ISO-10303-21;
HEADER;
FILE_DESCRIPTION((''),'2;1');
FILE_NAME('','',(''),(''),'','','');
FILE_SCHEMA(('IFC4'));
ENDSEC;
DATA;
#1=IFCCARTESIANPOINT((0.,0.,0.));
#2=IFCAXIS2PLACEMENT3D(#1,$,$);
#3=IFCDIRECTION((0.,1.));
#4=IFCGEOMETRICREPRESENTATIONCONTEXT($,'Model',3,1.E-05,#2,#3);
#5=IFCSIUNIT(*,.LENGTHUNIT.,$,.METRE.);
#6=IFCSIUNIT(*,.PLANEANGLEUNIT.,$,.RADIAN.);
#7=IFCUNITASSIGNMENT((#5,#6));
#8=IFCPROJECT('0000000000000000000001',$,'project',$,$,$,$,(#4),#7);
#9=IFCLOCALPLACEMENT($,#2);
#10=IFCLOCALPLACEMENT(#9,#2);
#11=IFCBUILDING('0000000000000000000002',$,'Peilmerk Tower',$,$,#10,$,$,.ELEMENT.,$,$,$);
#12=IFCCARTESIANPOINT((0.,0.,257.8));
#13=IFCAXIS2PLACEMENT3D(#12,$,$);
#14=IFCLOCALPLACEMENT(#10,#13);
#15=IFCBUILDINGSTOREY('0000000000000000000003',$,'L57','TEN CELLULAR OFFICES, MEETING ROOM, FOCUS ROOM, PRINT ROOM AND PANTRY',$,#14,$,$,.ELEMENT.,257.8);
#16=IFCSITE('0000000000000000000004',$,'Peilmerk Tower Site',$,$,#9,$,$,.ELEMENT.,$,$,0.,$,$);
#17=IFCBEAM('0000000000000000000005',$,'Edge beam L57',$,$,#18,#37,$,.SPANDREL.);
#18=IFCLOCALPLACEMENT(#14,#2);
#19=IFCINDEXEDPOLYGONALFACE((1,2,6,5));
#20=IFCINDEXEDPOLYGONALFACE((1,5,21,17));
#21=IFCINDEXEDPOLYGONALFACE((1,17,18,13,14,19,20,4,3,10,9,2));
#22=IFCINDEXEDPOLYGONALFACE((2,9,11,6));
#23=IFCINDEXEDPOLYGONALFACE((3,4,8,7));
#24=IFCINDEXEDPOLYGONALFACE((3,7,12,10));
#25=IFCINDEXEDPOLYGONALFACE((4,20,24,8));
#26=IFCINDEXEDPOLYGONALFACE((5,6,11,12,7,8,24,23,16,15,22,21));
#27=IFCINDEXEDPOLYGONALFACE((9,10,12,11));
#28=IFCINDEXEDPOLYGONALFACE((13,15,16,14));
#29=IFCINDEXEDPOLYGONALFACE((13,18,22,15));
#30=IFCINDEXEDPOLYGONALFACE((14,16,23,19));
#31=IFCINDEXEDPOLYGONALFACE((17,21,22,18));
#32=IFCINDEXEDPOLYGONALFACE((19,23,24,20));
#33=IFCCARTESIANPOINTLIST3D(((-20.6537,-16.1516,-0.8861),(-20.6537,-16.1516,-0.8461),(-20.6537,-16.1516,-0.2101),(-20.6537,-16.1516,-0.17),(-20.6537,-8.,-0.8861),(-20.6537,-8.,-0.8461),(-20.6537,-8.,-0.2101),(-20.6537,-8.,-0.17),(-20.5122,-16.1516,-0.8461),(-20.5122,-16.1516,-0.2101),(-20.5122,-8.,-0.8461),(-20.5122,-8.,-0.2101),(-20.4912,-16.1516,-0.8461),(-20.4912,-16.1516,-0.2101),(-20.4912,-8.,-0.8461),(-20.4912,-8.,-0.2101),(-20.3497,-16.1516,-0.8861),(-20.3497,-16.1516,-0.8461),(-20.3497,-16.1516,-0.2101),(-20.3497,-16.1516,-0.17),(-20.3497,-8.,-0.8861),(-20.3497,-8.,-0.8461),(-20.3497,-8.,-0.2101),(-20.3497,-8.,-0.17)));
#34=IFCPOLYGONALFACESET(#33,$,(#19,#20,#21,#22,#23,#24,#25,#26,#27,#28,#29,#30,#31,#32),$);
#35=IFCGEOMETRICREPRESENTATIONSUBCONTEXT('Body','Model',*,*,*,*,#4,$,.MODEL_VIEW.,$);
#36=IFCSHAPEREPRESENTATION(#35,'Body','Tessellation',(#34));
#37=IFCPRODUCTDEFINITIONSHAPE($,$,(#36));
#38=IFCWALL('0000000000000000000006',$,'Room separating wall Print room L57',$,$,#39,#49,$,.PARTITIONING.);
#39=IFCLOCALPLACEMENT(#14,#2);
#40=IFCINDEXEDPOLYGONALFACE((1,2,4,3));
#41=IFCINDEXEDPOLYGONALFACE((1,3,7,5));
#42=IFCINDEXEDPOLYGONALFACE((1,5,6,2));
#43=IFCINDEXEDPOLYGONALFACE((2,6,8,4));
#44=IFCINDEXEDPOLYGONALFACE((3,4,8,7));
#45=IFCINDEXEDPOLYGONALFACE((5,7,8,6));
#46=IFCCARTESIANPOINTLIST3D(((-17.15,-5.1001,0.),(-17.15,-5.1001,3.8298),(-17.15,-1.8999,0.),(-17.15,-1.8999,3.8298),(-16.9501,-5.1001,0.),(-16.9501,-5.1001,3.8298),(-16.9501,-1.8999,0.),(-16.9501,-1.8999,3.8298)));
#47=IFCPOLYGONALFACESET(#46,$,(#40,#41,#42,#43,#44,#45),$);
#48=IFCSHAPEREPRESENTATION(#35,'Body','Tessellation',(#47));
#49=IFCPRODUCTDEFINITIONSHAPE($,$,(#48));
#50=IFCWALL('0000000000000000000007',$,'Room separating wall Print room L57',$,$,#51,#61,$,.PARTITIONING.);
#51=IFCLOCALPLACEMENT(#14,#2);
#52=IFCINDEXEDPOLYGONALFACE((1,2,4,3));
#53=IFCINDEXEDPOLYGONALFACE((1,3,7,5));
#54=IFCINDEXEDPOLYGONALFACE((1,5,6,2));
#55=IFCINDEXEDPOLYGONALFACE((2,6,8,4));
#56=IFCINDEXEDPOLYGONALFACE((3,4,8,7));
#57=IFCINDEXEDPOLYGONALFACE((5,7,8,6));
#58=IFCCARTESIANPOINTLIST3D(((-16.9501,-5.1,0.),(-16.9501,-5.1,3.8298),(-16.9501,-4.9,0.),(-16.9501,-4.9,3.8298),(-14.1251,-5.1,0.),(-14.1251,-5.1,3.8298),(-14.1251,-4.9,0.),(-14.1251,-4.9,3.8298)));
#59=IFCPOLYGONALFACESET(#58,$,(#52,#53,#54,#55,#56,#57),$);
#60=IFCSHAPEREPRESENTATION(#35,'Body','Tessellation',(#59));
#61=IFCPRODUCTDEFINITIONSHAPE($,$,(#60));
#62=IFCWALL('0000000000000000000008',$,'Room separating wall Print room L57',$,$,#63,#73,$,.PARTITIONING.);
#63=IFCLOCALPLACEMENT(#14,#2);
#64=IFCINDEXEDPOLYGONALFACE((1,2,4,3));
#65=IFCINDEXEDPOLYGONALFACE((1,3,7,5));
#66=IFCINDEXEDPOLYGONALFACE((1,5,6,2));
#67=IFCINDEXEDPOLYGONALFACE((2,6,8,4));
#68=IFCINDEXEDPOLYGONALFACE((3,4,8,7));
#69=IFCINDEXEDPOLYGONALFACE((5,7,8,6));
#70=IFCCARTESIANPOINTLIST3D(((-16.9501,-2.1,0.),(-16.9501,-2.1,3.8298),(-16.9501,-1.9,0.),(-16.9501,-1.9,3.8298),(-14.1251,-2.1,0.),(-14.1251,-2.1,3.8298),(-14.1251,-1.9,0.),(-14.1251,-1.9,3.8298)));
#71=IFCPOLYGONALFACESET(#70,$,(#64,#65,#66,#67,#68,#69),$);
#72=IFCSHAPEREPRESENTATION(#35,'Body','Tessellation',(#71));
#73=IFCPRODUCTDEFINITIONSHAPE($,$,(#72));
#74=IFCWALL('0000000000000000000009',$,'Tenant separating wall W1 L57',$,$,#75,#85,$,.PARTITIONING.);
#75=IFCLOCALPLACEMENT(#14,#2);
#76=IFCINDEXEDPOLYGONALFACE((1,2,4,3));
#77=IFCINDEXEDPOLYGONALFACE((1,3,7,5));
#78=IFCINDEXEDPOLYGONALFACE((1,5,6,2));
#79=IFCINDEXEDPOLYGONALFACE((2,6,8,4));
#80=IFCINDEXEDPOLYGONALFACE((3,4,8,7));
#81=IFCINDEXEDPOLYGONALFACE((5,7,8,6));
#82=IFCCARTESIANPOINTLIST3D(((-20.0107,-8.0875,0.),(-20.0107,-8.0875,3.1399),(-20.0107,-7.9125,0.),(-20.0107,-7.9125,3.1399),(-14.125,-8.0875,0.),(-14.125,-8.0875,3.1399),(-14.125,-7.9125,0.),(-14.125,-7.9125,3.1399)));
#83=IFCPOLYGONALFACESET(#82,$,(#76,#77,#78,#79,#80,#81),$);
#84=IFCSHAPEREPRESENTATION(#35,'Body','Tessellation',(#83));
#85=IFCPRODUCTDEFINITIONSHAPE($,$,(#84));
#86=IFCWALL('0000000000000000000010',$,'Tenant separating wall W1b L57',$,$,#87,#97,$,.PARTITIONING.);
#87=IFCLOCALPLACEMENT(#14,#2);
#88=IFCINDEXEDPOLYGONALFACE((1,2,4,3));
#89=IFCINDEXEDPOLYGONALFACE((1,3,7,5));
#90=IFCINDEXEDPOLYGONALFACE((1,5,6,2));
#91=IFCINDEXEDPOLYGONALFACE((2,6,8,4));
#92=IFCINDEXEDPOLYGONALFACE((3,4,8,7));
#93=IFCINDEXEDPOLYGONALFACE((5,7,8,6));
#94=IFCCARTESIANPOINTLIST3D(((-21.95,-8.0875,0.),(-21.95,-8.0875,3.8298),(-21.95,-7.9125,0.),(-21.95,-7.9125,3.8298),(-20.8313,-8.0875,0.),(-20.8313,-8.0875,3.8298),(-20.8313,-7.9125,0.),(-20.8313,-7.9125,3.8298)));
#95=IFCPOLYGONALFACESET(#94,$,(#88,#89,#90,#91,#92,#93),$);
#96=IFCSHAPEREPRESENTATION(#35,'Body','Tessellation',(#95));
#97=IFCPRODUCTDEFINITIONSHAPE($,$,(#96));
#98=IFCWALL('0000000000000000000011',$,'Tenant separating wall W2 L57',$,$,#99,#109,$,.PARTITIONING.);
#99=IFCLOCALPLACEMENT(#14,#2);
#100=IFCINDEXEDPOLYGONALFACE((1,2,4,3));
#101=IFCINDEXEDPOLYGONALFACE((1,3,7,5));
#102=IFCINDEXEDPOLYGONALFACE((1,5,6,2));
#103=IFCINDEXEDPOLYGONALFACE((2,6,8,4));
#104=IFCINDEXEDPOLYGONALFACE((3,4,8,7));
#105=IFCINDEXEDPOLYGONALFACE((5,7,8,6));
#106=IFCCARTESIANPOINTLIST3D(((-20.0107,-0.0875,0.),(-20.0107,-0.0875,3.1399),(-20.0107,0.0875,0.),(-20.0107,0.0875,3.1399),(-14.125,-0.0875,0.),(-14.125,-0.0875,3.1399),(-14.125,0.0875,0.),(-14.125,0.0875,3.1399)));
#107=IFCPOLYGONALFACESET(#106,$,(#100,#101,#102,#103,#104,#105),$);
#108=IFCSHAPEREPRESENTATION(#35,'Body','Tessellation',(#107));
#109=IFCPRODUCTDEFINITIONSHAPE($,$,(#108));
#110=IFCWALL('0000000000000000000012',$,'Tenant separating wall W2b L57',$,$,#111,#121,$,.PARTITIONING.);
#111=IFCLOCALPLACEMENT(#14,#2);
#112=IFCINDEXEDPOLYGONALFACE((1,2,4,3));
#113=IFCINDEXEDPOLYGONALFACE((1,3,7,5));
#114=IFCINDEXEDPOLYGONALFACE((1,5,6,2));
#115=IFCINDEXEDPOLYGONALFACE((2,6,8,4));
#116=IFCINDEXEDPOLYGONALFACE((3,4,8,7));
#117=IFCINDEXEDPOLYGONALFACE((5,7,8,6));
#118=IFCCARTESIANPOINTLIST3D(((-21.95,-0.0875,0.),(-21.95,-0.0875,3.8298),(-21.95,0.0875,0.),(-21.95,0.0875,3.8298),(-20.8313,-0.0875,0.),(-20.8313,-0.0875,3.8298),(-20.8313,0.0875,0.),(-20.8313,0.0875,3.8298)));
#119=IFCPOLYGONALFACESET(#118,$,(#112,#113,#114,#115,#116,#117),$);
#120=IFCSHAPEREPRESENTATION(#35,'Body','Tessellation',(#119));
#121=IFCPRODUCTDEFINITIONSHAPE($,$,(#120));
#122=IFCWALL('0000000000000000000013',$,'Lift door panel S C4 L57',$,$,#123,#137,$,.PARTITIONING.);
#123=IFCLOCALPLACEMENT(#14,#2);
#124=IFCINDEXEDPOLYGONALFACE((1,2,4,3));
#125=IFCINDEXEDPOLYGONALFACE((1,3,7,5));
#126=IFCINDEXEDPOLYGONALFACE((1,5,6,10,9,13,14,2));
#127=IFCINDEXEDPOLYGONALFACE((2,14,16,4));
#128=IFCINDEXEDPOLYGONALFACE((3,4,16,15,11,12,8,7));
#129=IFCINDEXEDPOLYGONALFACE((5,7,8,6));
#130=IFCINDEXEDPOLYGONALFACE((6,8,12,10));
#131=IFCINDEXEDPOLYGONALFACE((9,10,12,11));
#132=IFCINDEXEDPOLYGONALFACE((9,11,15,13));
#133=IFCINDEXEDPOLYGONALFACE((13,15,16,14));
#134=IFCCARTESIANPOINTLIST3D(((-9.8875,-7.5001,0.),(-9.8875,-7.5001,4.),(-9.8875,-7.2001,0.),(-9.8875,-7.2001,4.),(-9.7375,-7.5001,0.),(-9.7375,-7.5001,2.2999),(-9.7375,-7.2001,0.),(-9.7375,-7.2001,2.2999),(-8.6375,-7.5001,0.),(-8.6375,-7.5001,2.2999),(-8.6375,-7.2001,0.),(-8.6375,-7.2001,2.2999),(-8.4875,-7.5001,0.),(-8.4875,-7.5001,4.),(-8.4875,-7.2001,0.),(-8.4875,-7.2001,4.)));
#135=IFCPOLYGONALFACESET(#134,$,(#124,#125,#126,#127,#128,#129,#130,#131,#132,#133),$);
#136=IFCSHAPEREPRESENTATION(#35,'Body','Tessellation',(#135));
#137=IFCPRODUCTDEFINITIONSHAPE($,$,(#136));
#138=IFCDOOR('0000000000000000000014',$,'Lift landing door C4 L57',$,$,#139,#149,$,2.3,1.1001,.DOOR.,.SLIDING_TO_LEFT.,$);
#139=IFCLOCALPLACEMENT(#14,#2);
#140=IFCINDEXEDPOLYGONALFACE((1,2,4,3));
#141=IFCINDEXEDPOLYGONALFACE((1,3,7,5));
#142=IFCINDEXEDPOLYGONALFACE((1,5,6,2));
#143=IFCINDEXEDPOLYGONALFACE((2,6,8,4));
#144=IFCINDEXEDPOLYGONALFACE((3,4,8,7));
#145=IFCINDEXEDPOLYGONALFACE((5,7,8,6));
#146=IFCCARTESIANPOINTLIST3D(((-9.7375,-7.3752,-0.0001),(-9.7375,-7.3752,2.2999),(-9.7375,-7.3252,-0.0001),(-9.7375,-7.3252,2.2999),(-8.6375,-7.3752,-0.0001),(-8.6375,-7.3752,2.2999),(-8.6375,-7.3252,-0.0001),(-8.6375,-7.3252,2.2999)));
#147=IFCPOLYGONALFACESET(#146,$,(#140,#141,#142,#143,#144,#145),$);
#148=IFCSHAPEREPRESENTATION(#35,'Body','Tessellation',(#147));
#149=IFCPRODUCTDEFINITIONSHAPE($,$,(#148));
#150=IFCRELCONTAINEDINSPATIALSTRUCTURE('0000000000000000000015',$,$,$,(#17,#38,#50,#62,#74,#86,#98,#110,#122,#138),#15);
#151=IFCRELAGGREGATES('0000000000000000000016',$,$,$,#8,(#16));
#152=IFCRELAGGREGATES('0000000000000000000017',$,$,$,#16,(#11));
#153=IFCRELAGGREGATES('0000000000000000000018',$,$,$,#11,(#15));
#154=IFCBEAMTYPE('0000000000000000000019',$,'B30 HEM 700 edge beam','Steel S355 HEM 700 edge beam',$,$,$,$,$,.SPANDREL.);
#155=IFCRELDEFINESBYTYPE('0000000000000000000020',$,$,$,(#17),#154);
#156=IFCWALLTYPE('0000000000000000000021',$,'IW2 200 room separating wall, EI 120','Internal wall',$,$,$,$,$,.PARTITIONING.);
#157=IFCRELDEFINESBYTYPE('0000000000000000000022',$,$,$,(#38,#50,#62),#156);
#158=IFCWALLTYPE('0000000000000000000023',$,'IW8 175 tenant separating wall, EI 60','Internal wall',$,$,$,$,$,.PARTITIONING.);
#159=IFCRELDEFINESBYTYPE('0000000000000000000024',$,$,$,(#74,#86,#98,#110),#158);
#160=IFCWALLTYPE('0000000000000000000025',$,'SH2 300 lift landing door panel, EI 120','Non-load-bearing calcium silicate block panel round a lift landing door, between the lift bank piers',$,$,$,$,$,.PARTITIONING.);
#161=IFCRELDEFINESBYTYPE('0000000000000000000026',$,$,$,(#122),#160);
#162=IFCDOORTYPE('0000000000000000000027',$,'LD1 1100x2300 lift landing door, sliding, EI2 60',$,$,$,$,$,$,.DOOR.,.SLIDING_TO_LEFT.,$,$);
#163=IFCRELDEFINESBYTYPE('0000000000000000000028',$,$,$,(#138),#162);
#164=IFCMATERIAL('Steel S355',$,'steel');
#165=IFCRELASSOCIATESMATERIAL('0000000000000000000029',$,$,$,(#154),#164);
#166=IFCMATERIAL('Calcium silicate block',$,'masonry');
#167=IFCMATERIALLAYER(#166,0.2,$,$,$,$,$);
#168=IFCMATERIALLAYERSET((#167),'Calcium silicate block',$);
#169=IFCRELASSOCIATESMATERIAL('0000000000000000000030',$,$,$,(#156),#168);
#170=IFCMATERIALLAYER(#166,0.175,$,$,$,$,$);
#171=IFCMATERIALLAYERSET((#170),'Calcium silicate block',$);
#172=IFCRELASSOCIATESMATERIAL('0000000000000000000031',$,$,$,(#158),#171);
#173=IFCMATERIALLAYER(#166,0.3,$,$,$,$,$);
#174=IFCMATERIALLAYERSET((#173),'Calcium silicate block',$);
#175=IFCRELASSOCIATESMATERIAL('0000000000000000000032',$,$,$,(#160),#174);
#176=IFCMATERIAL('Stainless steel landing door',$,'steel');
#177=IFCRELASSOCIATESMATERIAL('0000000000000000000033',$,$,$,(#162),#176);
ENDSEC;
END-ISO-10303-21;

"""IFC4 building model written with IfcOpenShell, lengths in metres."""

from ifc_helpers import new_model, si_unit, direction, frame, frame_2d, origin, origin_2d, place, context, subcontext, project, spatial, rectangle, i_section, extrude, material, layer, layer_set, material_profile, profile_set, type_object, element, fill, save


model = new_model("IFC4")

# Units and contexts
model_context = context("Model", 3, precision=1e-05, world=origin(), true_north=direction((0.0, 1.0)))
body_context = subcontext(model_context, "Body", "Model", "MODEL_VIEW")
ifc_project = project(units=[si_unit("LENGTHUNIT", "METRE"), si_unit("PLANEANGLEUNIT", "RADIAN")], contexts=[model_context])

# Site, building, storey
site_placement = place(None, origin())
site = spatial("IfcSite", under=ifc_project, at=site_placement, Name="Peilmerk Tower Site", CompositionType="ELEMENT", RefElevation=0.0)
building_placement = place(site_placement, origin())
building = spatial("IfcBuilding", under=site, at=building_placement, Name="Peilmerk Tower", CompositionType="ELEMENT")
storey_placement = place(building_placement, frame((0.0, 0.0, 257.8)))
storey = spatial("IfcBuildingStorey", under=building, at=storey_placement, Name="L57", Description="TEN CELLULAR OFFICES, MEETING ROOM, FOCUS ROOM, PRINT ROOM AND PANTRY", CompositionType="ELEMENT", Elevation=257.8)

# Beam
ifc_material_1 = material(Name="Steel S355", Category="steel")
ifc_material_profile_1 = material_profile(ifc_material_1, i_section(OverallWidth=0.304, OverallDepth=0.7161, WebThickness=0.021, FlangeThickness=0.04, at=origin_2d()), Name="HEM 700")
ifc_profile_set_1 = profile_set([ifc_material_profile_1], Name="Steel S355")
beam_type_1 = type_object("IfcBeamType", Name="B30 HEM 700 edge beam", Description="Steel S355 HEM 700 edge beam", PredefinedType="SPANDREL", material=ifc_profile_set_1)
beam_1_placement = place(storey_placement, frame((-20.5017, -8.0, -0.5281), z_axis=(0.0, -1.0, 0.0), x_axis=(1.0, 0.0, 0.0)))
element("IfcBeam", 1, at=beam_1_placement, inside=storey, type_object=beam_type_1, Name="Edge beam L57", PredefinedType="SPANDREL", context=body_context, shape_type="SweptSolid", body=[
    extrude(i_section(OverallWidth=0.304, OverallDepth=0.7161, WebThickness=0.021, FlangeThickness=0.04, at=origin_2d()), origin(), (0.0, 0.0, 1.0), 8.1516),
])

# Walls
ifc_material_2 = material(Name="Calcium silicate block", Category="masonry")
ifc_layer_1 = layer(ifc_material_2, 0.2)
ifc_layer_set_1 = layer_set([ifc_layer_1], Name="Calcium silicate block")
wall_type_1 = type_object("IfcWallType", Name="IW2 200 room separating wall, EI 120", Description="Internal wall", PredefinedType="PARTITIONING", material=ifc_layer_set_1)
wall_1_placement = place(storey_placement, frame((-17.05, -5.1001, 0.0), z_axis=(0.0, 0.0, 1.0), x_axis=(0.0, 1.0, 0.0)))
element("IfcWall", 2, at=wall_1_placement, inside=storey, type_object=wall_type_1, Name="Room separating wall Print room L57", PredefinedType="PARTITIONING", context=body_context, shape_type="SweptSolid", body=[
    extrude(rectangle(XDim=3.2002, YDim=0.2, at=frame_2d((1.6001, 0.0))), origin(), (0.0, 0.0, 1.0), 3.8298),
])
for number, where, z_axis, x_axis, name in (
    (3, (-14.125, -5.0, 0.0), (0.0, 0.0, 1.0), (-1.0, 0.0, 0.0), "Room separating wall Print room L57"),
    (4, (-14.125, -2.0, 0.0), (0.0, 0.0, 1.0), (-1.0, 0.0, 0.0), "Room separating wall Print room L57"),
):
    element("IfcWall", number, at=place(storey_placement, frame(where, z_axis=z_axis, x_axis=x_axis)), inside=storey, type_object=wall_type_1, Name=name, PredefinedType="PARTITIONING", context=body_context, shape_type="SweptSolid", body=[
        extrude(rectangle(XDim=2.825, YDim=0.2, at=frame_2d((1.4126, 0.0))), origin(), (0.0, 0.0, 1.0), 3.8298),
    ])
ifc_layer_2 = layer(ifc_material_2, 0.175)
ifc_layer_set_2 = layer_set([ifc_layer_2], Name="Calcium silicate block")
wall_type_2 = type_object("IfcWallType", Name="IW8 175 tenant separating wall, EI 60", Description="Internal wall", PredefinedType="PARTITIONING", material=ifc_layer_set_2)
wall_2_placement = place(storey_placement, frame((-14.125, -8.0, 0.0), z_axis=(0.0, 0.0, 1.0), x_axis=(-1.0, 0.0, 0.0)))
element("IfcWall", 5, at=wall_2_placement, inside=storey, type_object=wall_type_2, Name="Tenant separating wall W1 L57", PredefinedType="PARTITIONING", context=body_context, shape_type="SweptSolid", body=[
    extrude(rectangle(XDim=5.8857, YDim=0.175, at=frame_2d((2.9429, 0.0))), origin(), (0.0, 0.0, 1.0), 3.1399),
])
wall_3_placement = place(storey_placement, frame((-20.8313, -8.0, 0.0), z_axis=(0.0, 0.0, 1.0), x_axis=(-1.0, 0.0, 0.0)))
element("IfcWall", 6, at=wall_3_placement, inside=storey, type_object=wall_type_2, Name="Tenant separating wall W1b L57", PredefinedType="PARTITIONING", context=body_context, shape_type="SweptSolid", body=[
    extrude(rectangle(XDim=1.1187, YDim=0.175, at=frame_2d((0.5593, 0.0))), origin(), (0.0, 0.0, 1.0), 3.8298),
])
wall_4_placement = place(storey_placement, frame((-14.125, 0.0, 0.0), z_axis=(0.0, 0.0, 1.0), x_axis=(-1.0, 0.0, 0.0)))
element("IfcWall", 7, at=wall_4_placement, inside=storey, type_object=wall_type_2, Name="Tenant separating wall W2 L57", PredefinedType="PARTITIONING", context=body_context, shape_type="SweptSolid", body=[
    extrude(rectangle(XDim=5.8857, YDim=0.175, at=frame_2d((2.9429, 0.0))), origin(), (0.0, 0.0, 1.0), 3.1399),
])
wall_5_placement = place(storey_placement, frame((-20.8313, 0.0, 0.0), z_axis=(0.0, 0.0, 1.0), x_axis=(-1.0, 0.0, 0.0)))
element("IfcWall", 8, at=wall_5_placement, inside=storey, type_object=wall_type_2, Name="Tenant separating wall W2b L57", PredefinedType="PARTITIONING", context=body_context, shape_type="SweptSolid", body=[
    extrude(rectangle(XDim=1.1187, YDim=0.175, at=frame_2d((0.5593, 0.0))), origin(), (0.0, 0.0, 1.0), 3.8298),
])

# Wall, opening, door
ifc_layer_3 = layer(ifc_material_2, 0.3)
ifc_layer_set_3 = layer_set([ifc_layer_3], Name="Calcium silicate block")
wall_type_3 = type_object("IfcWallType", Name="SH2 300 lift landing door panel, EI 120", Description="Non-load-bearing calcium silicate block panel round a lift landing door, between the lift bank piers", PredefinedType="PARTITIONING", material=ifc_layer_set_3)
wall_6_placement = place(storey_placement, frame((-9.8875, -7.3501, 0.0), z_axis=(0.0, 0.0, 1.0), x_axis=(1.0, 0.0, 0.0)))
wall_6 = element("IfcWall", 9, at=wall_6_placement, inside=storey, type_object=wall_type_3, Name="Lift door panel S C4 L57", PredefinedType="PARTITIONING", context=body_context, shape_type="SweptSolid", body=[
    extrude(rectangle(XDim=1.3999, YDim=0.3, at=frame_2d((0.7, 0.0))), origin(), (0.0, 0.0, 1.0), 4.0),
])
opening_1_placement = place(wall_6_placement, frame((0.1499, 0.0, 0.0)))
opening_1 = element("IfcOpeningElement", 10, at=opening_1_placement, cuts=wall_6, PredefinedType="OPENING", context=body_context, shape_type="SweptSolid", body=[
    extrude(rectangle(XDim=1.1001, YDim=2.3, at=frame_2d((0.55, 1.1499))), frame((0.0, 0.1599, 0.0), z_axis=(0.0, -1.0, 0.0), x_axis=(1.0, 0.0, 0.0)), (0.0, 0.0, 1.0), 0.3201),
])
ifc_material_3 = material(Name="Stainless steel landing door", Category="steel")
door_type_1 = type_object("IfcDoorType", Name="LD1 1100x2300 lift landing door, sliding, EI2 60", OperationType="SLIDING_TO_LEFT", PredefinedType="DOOR", material=ifc_material_3)
door_1_placement = place(opening_1_placement, origin())
door_1 = element("IfcDoor", 11, at=door_1_placement, inside=storey, type_object=door_type_1, Name="Lift landing door C4 L57", OperationType="SLIDING_TO_LEFT", OverallHeight=2.3, OverallWidth=1.1001, PredefinedType="DOOR", context=body_context, shape_type="SweptSolid", body=[
    extrude(rectangle(XDim=1.1001, YDim=2.3, at=frame_2d((0.55, 1.1499))), frame((0.0, 0.0249, 0.0), z_axis=(0.0, -1.0, 0.0), x_axis=(1.0, 0.0, 0.0)), (0.0, 0.0, 1.0), 0.05),
])
fill(opening_1, door_1)

save(model, "model.ifc")
